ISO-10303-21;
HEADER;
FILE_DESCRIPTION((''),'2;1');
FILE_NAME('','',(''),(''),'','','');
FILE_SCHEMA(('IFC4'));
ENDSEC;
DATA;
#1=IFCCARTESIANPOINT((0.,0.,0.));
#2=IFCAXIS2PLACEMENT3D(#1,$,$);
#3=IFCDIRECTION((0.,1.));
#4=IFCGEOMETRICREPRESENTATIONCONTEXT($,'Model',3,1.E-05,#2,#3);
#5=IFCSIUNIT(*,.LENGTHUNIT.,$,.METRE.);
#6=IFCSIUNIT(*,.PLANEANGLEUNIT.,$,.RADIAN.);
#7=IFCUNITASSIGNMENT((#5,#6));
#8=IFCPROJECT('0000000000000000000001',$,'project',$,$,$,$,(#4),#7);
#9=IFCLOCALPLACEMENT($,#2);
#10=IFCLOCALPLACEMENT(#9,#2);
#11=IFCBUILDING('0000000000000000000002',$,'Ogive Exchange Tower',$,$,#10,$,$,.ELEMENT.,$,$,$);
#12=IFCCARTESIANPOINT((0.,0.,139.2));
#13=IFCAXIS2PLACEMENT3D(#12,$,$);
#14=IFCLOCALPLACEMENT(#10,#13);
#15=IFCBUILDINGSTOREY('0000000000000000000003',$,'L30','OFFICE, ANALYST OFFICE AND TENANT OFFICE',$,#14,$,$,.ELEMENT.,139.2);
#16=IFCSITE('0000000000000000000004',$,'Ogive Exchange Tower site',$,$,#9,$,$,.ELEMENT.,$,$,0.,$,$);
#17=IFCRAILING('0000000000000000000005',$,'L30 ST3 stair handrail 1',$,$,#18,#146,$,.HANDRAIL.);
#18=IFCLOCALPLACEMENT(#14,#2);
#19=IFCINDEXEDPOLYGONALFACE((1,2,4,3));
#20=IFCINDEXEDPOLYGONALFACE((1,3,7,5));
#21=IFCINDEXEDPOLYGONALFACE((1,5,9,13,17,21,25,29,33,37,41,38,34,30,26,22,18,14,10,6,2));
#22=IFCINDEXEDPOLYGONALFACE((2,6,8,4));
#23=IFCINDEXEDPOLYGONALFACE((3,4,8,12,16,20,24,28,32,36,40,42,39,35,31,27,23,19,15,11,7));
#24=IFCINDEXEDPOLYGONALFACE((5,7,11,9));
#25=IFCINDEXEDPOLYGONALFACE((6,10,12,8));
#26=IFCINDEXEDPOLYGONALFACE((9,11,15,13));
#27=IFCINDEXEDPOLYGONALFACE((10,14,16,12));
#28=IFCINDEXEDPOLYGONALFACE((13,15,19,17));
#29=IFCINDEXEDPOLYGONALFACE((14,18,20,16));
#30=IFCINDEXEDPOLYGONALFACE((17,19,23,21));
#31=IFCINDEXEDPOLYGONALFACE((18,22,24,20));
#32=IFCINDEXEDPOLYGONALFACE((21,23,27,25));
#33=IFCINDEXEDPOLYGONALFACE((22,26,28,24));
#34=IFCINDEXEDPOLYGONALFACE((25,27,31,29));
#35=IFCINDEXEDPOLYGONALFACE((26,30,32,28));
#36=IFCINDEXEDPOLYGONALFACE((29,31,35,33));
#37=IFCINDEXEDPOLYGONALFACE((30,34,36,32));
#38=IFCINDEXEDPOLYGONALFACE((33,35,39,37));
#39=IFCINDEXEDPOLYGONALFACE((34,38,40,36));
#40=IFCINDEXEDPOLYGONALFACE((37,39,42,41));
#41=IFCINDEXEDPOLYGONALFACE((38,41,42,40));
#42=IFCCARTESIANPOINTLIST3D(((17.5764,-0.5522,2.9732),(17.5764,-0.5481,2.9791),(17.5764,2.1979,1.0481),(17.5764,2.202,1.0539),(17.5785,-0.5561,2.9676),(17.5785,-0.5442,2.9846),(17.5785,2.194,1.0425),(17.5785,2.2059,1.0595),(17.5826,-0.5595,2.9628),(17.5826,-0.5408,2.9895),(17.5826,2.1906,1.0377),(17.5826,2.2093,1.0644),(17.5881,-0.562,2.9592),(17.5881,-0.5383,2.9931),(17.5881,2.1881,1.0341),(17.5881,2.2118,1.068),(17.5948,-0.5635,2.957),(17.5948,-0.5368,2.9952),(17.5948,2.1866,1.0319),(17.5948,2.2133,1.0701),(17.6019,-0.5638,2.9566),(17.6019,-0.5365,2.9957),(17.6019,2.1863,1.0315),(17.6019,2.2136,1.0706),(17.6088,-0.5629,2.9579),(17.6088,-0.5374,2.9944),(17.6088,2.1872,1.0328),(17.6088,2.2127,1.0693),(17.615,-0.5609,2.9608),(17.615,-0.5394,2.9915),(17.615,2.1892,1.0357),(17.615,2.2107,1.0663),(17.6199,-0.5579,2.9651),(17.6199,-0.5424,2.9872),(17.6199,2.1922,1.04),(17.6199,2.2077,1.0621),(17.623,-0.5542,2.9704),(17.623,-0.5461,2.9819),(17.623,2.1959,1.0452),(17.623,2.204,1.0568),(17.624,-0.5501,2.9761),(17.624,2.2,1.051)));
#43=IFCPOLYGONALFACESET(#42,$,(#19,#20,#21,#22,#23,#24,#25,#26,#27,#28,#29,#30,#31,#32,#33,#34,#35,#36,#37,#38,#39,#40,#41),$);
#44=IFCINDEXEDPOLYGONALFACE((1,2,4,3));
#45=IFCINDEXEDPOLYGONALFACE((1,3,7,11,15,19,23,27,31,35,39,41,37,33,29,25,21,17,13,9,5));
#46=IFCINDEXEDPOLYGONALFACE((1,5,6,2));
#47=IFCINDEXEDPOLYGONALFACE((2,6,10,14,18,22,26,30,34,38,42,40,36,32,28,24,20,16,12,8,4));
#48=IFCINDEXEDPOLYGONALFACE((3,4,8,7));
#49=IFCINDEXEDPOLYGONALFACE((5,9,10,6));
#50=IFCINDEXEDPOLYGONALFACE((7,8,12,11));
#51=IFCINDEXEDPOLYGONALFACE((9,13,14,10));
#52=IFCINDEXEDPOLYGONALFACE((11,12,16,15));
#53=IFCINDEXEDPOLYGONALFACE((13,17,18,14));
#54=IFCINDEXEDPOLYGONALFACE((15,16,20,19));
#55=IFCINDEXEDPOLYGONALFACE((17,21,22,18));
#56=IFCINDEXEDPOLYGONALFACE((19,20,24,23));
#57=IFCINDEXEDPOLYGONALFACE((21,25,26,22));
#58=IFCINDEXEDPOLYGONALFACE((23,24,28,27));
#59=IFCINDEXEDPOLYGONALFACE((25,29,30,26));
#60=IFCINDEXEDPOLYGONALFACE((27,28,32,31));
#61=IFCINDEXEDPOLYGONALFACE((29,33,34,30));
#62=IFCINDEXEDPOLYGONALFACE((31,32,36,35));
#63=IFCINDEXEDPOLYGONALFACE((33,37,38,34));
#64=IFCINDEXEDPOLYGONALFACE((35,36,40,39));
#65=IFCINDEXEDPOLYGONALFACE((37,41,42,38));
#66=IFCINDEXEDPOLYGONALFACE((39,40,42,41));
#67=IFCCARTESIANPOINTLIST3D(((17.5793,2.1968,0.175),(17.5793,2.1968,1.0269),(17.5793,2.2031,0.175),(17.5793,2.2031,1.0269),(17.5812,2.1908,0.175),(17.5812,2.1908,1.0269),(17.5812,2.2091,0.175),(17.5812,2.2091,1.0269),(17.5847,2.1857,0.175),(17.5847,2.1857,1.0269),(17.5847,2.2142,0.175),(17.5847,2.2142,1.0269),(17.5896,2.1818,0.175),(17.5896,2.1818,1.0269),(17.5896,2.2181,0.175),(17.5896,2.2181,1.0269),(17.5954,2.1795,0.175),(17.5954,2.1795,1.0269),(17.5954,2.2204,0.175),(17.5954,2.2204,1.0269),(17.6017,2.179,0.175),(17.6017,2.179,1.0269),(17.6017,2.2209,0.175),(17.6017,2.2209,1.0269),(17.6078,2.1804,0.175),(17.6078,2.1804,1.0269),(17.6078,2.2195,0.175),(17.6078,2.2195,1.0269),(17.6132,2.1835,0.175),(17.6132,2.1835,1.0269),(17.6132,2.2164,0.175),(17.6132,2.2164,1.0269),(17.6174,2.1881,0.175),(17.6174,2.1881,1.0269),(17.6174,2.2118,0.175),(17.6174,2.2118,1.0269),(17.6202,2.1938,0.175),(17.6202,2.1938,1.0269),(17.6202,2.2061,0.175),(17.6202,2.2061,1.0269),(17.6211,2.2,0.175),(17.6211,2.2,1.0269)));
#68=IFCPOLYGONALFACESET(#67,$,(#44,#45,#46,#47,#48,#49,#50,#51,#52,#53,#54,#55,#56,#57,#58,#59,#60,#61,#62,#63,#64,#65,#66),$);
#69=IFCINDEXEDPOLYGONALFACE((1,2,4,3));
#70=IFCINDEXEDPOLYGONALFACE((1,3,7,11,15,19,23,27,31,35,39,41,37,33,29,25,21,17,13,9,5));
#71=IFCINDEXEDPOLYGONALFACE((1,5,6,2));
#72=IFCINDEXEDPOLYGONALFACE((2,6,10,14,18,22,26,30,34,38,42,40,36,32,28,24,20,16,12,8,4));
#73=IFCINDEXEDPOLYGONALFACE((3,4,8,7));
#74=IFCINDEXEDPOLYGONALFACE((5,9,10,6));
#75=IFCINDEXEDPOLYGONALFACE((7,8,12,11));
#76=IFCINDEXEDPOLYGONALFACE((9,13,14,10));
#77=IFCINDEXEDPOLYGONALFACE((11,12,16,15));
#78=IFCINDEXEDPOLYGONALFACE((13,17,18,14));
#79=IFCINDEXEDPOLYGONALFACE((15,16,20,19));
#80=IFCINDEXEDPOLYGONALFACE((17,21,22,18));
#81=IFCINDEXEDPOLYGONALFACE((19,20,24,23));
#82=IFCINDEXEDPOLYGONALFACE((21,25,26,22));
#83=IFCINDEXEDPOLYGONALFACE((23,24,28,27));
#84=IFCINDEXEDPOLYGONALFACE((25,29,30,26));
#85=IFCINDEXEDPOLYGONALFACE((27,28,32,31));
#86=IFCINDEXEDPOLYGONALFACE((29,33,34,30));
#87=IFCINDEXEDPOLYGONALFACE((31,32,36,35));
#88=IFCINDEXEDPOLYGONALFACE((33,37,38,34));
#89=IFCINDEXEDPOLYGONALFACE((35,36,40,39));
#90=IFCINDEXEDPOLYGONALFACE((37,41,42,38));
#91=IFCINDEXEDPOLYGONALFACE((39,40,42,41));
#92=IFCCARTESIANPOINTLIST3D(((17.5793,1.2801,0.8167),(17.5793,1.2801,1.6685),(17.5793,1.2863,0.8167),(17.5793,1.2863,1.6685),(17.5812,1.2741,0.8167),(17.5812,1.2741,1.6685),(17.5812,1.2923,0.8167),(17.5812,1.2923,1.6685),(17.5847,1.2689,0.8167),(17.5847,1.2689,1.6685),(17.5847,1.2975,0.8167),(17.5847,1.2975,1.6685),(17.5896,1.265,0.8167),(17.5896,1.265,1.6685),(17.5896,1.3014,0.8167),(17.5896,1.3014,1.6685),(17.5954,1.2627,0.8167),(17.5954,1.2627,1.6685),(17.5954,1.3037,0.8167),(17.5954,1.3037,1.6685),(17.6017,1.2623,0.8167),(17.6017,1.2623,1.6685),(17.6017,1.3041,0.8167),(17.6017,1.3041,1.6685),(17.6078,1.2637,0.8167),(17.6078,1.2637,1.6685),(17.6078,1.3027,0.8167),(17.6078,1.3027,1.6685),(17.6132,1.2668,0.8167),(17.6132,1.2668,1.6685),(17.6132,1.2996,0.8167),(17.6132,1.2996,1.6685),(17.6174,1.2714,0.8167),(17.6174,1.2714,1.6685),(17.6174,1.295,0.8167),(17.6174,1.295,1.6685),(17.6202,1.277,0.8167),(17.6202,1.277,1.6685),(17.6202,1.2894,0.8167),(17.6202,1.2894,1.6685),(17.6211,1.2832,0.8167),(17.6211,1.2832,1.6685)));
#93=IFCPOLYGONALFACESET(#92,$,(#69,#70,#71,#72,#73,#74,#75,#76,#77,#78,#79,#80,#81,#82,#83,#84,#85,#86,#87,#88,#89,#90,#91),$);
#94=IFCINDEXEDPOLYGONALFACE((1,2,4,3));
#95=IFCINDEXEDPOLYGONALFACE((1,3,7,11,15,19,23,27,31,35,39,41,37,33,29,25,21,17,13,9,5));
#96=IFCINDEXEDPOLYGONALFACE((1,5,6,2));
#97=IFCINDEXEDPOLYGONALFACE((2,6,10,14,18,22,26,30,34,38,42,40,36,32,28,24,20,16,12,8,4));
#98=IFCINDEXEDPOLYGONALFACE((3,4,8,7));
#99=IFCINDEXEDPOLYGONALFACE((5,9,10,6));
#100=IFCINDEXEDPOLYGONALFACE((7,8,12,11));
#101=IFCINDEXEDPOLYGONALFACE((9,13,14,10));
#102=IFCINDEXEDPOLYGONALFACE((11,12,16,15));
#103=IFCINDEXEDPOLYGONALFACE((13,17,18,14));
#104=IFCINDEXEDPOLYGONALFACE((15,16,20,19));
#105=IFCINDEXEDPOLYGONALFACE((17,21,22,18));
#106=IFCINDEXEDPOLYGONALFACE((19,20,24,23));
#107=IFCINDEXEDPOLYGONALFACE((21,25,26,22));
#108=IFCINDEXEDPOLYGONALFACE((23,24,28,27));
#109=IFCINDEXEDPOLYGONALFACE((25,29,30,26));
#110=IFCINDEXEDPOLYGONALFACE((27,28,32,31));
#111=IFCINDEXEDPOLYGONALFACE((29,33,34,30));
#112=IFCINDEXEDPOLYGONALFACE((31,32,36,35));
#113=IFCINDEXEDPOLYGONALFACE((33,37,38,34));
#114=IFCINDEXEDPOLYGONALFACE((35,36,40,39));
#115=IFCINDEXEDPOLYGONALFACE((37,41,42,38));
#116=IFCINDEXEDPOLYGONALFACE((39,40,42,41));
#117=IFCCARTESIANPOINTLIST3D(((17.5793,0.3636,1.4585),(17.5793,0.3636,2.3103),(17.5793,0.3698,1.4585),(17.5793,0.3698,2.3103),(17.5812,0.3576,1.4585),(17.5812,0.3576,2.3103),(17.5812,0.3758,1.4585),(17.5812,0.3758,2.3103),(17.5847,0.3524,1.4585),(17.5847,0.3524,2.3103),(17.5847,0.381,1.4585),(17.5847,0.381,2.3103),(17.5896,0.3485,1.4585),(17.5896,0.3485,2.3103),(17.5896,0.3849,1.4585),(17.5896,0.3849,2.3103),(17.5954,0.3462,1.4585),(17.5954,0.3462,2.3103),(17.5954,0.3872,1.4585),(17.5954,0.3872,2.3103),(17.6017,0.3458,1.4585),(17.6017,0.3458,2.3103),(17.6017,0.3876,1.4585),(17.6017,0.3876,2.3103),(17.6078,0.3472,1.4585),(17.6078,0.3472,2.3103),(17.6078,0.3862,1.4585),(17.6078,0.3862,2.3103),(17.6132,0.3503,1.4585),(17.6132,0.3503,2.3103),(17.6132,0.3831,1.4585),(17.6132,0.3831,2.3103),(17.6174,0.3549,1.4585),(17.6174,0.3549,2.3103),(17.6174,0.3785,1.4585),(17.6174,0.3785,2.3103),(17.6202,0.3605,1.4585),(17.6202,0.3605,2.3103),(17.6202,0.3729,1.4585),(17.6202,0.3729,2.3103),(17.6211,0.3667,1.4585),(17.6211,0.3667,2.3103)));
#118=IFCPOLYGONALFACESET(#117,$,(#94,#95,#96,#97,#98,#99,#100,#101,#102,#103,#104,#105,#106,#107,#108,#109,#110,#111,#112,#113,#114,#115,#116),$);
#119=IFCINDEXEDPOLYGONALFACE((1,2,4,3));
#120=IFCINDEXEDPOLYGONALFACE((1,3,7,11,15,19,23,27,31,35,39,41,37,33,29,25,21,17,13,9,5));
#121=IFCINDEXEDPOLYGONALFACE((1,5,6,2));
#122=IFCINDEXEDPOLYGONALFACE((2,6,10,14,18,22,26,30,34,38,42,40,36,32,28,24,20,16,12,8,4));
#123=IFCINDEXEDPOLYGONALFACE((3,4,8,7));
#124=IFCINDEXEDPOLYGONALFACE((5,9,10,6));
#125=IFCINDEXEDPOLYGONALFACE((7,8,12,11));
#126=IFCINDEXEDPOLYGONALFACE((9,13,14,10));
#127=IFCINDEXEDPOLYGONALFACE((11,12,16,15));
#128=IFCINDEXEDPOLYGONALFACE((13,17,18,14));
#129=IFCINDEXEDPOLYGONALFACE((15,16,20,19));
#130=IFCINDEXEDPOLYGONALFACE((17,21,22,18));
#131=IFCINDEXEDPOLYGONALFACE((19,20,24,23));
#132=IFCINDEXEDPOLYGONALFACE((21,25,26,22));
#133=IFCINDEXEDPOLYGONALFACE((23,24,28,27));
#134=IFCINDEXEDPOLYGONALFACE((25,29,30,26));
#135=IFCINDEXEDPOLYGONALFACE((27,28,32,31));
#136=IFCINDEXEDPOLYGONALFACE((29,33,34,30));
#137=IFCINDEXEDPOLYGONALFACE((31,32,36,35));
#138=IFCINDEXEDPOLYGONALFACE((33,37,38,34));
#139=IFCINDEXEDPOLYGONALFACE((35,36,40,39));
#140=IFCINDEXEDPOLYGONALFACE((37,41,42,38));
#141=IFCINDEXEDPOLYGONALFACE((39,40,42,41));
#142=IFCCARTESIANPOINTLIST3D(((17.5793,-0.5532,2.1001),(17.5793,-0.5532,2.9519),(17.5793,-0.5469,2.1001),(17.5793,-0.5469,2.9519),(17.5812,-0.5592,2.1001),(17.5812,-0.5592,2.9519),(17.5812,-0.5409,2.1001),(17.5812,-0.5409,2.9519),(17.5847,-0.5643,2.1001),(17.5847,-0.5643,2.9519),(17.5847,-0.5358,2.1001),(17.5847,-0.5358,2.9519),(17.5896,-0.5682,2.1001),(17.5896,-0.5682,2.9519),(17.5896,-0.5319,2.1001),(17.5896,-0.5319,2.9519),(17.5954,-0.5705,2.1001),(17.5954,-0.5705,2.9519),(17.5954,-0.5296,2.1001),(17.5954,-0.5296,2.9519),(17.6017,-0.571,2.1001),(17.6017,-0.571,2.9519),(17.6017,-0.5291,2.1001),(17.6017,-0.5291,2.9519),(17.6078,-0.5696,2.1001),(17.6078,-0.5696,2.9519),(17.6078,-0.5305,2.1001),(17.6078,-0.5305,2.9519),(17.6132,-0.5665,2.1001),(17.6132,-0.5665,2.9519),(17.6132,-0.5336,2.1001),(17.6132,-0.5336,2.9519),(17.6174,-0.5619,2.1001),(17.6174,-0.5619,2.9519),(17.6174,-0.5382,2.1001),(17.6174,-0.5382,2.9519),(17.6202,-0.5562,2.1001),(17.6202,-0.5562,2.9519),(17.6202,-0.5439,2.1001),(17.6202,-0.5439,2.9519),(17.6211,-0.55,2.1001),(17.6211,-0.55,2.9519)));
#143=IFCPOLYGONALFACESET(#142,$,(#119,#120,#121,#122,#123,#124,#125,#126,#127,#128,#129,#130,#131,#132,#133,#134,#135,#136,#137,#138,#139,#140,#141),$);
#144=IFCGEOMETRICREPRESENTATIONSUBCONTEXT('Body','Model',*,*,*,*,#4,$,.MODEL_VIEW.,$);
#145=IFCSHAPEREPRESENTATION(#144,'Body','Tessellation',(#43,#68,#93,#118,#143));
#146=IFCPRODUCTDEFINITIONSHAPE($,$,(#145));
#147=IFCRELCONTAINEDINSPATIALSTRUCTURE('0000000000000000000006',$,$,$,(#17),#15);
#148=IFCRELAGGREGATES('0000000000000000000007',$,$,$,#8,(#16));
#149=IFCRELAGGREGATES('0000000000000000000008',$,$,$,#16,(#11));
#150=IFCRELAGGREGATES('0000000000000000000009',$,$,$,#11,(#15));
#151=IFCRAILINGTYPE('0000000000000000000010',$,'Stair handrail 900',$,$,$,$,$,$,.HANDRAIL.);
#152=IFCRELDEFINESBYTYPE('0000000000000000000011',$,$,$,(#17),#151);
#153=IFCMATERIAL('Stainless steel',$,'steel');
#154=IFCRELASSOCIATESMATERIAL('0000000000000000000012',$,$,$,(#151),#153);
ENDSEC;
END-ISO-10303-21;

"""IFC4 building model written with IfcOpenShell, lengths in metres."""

from ifc_helpers import new_model, si_unit, direction, frame, origin, origin_2d, place, context, subcontext, project, spatial, circle, extrude, material, type_object, element, save


model = new_model("IFC4")

# Units and contexts
model_context = context("Model", 3, precision=1e-05, world=origin(), true_north=direction((0.0, 1.0)))
body_context = subcontext(model_context, "Body", "Model", "MODEL_VIEW")
ifc_project = project(units=[si_unit("LENGTHUNIT", "METRE"), si_unit("PLANEANGLEUNIT", "RADIAN")], contexts=[model_context])

# Site, building, storey
site_placement = place(None, origin())
site = spatial("IfcSite", under=ifc_project, at=site_placement, Name="Ogive Exchange Tower site", CompositionType="ELEMENT", RefElevation=0.0)
building_placement = place(site_placement, origin())
building = spatial("IfcBuilding", under=site, at=building_placement, Name="Ogive Exchange Tower", CompositionType="ELEMENT")
storey_placement = place(building_placement, frame((0.0, 0.0, 139.2)))
storey = spatial("IfcBuildingStorey", under=building, at=storey_placement, Name="L30", Description="OFFICE, ANALYST OFFICE AND TENANT OFFICE", CompositionType="ELEMENT", Elevation=139.2)

# Shared definitions
ifc_material_1 = material(Name="Stainless steel", Category="steel")

# Railing
railing_type = type_object("IfcRailingType", Name="Stair handrail 900", PredefinedType="HANDRAIL", material=ifc_material_1)
railing_1_placement = place(storey_placement, frame((17.6001, 2.2, 0.175)))
element("IfcRailing", 1, at=railing_1_placement, inside=storey, type_object=railing_type, Name="L30 ST3 stair handrail 1", PredefinedType="HANDRAIL", context=body_context, shape_type="SweptSolid", body=[
    extrude(circle(Radius=0.0239, at=origin_2d()), frame((0.0, 0.0, 0.876), z_axis=(0.0, -0.819225, 0.573472), x_axis=(1.0, 0.0, 0.0)), (0.0, 0.0, 1.0), 3.3569),
    extrude(circle(Radius=0.021, at=origin_2d()), origin(), (0.0, 0.0, 1.0), 0.8518),
    extrude(circle(Radius=0.021, at=origin_2d()), frame((0.0, -0.9167, 0.6416)), (0.0, 0.0, 1.0), 0.8518),
    extrude(circle(Radius=0.021, at=origin_2d()), frame((0.0, -1.8333, 1.2834)), (0.0, 0.0, 1.0), 0.8518),
    extrude(circle(Radius=0.021, at=origin_2d()), frame((0.0, -2.75, 1.925)), (0.0, 0.0, 1.0), 0.8518),
])

save(model, "model.ifc")
